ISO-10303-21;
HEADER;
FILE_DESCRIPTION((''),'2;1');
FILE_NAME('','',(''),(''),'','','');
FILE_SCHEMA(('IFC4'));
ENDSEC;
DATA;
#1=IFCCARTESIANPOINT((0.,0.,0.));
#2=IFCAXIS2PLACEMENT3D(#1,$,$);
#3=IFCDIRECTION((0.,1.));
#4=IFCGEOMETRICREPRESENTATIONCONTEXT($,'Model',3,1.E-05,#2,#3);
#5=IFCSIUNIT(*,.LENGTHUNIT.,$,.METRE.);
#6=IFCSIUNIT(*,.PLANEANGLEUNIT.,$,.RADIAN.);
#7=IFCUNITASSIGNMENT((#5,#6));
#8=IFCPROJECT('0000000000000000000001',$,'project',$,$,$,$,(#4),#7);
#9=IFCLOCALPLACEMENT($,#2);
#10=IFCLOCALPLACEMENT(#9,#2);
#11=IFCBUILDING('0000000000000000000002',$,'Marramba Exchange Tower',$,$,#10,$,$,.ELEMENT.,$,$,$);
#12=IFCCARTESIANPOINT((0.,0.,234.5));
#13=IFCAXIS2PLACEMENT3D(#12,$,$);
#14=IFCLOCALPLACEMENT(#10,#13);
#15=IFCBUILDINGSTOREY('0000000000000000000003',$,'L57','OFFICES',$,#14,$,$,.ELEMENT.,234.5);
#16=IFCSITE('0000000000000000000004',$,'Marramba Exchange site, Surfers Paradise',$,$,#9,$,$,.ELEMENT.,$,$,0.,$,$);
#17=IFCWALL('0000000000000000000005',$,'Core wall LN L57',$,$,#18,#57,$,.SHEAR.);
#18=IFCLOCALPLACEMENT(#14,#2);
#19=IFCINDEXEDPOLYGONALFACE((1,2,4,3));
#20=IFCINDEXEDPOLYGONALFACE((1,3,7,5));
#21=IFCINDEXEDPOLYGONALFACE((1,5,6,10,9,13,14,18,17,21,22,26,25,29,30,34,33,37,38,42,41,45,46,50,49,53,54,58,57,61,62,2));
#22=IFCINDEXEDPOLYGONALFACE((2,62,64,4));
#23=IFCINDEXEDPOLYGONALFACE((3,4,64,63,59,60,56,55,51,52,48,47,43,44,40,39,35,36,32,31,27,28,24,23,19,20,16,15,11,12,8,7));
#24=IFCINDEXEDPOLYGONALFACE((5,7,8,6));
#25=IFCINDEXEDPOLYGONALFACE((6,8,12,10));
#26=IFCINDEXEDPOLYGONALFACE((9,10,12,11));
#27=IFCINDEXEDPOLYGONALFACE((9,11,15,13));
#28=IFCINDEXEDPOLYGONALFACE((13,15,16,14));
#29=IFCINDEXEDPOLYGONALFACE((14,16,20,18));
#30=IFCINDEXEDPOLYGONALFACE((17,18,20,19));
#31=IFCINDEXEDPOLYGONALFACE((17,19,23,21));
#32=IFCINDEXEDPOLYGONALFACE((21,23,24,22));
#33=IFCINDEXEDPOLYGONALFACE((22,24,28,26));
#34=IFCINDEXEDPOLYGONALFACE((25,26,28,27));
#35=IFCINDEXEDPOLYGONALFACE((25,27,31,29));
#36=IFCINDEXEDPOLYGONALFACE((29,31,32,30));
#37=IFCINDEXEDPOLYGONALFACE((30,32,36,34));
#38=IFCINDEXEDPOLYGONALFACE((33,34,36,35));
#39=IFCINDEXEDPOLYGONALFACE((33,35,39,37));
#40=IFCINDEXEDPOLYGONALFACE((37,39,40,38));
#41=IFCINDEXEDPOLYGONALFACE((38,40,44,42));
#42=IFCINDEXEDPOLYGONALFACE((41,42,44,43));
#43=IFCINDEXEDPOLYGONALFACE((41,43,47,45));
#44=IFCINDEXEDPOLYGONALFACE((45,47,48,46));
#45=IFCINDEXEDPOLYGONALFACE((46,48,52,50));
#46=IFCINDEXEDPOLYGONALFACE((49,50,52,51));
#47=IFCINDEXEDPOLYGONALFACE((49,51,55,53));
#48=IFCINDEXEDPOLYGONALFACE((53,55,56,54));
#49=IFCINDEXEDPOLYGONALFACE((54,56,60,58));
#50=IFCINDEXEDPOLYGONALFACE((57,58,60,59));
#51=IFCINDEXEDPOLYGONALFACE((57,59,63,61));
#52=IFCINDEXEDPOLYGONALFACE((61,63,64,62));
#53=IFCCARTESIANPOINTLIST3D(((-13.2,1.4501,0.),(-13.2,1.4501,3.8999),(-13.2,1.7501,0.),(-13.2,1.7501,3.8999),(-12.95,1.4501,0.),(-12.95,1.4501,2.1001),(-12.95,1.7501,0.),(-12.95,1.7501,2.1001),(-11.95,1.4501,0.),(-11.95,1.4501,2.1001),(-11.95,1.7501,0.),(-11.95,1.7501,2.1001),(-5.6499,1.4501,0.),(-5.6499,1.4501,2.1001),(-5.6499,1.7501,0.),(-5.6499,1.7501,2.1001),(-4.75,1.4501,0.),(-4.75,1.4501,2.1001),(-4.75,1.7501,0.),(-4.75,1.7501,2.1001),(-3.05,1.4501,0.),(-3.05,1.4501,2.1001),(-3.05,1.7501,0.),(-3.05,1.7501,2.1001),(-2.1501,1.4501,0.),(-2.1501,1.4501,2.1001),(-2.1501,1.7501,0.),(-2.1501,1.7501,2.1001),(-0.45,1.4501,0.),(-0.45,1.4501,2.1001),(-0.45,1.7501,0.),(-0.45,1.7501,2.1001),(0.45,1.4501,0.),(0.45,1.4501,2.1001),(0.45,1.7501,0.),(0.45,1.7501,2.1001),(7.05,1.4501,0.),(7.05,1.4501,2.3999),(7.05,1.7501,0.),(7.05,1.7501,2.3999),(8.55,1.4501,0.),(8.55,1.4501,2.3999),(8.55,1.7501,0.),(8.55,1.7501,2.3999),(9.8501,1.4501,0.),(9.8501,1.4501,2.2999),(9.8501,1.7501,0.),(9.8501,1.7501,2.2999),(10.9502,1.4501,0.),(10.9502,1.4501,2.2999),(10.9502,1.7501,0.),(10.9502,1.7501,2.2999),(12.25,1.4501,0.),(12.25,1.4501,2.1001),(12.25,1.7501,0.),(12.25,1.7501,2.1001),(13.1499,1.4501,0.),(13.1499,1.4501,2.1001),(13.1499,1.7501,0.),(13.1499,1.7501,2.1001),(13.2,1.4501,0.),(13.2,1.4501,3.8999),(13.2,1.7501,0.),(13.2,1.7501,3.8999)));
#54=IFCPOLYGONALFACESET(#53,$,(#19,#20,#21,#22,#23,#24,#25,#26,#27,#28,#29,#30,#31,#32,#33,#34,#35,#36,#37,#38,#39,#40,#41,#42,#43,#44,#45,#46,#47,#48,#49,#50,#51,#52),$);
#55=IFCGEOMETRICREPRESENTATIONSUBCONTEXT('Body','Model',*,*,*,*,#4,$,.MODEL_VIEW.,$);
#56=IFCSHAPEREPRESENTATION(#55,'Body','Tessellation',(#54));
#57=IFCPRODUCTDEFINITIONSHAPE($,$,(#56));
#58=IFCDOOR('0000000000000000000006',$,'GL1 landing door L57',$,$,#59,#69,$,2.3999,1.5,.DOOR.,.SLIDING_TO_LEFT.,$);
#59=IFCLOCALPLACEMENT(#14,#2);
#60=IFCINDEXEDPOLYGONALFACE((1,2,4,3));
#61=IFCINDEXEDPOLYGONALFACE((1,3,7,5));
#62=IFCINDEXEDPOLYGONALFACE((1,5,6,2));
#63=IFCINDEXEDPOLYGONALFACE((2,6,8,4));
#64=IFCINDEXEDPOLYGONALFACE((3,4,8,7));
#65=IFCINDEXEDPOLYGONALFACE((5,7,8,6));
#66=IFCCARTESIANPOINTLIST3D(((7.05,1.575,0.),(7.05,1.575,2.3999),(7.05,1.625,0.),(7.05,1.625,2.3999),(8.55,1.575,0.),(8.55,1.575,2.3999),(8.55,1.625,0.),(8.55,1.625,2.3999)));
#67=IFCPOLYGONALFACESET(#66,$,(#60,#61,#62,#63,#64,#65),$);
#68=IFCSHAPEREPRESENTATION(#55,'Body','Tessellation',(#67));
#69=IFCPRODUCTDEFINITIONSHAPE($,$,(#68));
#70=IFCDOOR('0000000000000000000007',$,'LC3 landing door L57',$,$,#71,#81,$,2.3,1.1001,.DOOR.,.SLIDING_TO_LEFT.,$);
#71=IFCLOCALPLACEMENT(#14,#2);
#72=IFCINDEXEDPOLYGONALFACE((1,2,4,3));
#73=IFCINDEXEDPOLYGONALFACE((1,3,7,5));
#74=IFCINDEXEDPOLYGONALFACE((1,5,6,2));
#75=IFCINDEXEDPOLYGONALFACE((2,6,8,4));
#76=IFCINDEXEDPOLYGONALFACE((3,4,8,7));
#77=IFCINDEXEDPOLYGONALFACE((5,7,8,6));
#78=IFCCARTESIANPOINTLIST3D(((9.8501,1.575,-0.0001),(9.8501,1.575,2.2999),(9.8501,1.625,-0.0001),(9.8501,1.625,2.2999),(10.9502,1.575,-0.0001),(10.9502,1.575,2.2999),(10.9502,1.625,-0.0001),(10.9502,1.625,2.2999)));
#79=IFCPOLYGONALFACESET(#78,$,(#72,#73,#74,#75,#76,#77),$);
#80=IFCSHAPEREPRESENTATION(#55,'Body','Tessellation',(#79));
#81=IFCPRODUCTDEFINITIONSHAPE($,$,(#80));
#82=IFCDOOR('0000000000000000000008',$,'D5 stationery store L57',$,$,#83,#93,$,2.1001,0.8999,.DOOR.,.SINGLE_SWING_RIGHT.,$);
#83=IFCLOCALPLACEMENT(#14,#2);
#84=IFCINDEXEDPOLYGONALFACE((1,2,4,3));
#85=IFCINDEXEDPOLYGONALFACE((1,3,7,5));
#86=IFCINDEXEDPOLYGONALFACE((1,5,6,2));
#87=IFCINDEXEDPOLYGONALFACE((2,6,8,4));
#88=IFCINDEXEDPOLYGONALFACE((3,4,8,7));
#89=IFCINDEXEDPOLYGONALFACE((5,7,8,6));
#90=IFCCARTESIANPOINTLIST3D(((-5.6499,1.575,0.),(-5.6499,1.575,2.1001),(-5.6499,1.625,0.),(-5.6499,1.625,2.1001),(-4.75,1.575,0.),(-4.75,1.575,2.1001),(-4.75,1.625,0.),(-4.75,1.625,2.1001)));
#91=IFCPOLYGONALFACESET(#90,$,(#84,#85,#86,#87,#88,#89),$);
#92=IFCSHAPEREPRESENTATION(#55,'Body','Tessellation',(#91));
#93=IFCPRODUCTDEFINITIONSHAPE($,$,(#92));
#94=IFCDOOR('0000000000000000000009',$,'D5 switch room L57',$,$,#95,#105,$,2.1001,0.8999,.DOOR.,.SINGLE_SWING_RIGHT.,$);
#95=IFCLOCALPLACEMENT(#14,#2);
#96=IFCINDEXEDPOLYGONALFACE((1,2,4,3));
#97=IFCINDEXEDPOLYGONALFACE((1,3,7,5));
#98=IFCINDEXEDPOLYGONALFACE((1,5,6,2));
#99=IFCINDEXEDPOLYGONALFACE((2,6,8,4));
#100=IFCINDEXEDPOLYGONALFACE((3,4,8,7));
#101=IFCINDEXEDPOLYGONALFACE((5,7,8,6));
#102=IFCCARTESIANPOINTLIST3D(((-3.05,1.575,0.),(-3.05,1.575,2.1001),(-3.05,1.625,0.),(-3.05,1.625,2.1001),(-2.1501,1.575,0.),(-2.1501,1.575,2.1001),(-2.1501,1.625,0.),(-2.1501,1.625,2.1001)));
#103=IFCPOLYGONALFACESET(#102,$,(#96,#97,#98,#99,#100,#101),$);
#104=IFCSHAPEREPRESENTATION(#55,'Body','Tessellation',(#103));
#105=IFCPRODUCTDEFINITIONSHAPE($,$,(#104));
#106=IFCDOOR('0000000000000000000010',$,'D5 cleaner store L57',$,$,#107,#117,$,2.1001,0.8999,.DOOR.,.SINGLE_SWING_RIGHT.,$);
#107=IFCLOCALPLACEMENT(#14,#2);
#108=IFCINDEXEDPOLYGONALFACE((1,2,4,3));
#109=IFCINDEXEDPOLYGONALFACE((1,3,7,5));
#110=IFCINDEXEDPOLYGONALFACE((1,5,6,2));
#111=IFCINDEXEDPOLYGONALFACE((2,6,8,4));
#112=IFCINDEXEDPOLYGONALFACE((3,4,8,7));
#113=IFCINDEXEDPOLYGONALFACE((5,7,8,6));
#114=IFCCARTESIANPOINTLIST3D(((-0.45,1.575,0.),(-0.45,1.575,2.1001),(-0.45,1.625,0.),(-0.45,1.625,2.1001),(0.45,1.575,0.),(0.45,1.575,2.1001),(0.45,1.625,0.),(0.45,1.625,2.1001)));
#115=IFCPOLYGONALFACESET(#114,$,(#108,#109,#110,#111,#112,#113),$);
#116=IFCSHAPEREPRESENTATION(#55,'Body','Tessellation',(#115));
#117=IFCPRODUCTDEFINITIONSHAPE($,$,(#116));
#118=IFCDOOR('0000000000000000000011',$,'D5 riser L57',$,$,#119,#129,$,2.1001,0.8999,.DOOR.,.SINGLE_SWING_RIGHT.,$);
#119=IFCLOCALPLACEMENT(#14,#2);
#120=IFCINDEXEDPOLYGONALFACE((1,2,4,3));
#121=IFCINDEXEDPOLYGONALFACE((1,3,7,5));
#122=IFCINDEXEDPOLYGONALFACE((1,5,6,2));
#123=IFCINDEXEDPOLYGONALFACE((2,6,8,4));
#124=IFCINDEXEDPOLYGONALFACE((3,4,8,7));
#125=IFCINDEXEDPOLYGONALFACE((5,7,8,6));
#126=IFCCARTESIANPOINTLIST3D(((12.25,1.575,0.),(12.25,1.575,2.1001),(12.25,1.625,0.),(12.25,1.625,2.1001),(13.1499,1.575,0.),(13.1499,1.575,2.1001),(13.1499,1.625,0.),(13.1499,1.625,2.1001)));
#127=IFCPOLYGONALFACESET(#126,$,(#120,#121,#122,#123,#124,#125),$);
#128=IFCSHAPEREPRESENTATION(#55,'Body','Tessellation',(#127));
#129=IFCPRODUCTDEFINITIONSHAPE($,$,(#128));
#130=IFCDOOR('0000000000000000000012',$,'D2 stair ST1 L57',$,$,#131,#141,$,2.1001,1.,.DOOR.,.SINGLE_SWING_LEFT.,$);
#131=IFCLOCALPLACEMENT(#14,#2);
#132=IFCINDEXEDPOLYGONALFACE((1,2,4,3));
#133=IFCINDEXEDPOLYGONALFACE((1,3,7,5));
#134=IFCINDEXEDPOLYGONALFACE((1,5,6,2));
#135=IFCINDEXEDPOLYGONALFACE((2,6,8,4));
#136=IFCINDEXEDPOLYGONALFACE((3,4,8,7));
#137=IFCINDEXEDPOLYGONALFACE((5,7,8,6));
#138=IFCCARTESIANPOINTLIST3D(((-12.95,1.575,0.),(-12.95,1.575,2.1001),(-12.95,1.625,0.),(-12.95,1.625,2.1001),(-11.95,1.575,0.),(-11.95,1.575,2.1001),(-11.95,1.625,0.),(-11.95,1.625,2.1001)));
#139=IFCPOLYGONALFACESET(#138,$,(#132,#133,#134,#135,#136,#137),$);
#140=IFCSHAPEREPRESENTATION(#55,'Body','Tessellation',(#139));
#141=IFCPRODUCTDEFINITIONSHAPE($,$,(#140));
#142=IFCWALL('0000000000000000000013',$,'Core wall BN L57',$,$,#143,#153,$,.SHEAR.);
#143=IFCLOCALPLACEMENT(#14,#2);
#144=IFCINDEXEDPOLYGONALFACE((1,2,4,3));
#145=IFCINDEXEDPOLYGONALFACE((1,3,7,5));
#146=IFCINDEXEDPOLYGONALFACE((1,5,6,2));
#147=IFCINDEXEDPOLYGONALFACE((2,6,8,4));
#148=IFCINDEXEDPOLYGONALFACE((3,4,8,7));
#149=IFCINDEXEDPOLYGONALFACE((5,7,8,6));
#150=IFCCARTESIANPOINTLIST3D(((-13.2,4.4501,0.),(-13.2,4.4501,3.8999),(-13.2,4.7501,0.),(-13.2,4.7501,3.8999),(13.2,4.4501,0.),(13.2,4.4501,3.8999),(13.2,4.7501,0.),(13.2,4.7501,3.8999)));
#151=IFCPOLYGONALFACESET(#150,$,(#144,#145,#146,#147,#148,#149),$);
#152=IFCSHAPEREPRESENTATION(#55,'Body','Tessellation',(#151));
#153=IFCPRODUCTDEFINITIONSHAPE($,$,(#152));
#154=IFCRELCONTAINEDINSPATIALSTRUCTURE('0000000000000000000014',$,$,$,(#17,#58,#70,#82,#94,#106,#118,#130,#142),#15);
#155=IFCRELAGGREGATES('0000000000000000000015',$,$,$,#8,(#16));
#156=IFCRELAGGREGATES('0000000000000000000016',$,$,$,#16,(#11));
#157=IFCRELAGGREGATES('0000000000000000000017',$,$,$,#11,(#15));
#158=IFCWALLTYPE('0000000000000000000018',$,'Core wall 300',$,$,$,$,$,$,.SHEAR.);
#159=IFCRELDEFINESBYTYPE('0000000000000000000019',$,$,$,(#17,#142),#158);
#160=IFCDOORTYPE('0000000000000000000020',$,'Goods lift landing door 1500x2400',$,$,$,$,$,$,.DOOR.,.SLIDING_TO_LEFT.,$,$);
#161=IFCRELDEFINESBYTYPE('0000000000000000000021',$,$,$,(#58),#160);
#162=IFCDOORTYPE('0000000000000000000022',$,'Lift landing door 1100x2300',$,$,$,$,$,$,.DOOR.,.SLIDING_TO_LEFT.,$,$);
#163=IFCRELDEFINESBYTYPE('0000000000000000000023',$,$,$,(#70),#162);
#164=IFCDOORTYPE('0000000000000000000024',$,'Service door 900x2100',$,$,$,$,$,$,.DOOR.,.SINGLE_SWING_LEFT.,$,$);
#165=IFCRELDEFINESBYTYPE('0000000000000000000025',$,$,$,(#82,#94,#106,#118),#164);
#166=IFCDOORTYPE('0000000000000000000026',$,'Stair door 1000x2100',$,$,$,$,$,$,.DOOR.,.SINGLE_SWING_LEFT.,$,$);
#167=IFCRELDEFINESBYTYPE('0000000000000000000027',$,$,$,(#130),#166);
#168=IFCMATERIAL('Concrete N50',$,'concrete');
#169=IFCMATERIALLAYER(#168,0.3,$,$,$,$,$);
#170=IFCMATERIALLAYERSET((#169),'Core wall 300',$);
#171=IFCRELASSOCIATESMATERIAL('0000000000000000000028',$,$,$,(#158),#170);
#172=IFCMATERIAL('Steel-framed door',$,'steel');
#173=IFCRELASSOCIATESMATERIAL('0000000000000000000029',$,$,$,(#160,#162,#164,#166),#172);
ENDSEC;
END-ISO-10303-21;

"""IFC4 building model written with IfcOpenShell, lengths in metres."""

from ifc_helpers import new_model, si_unit, direction, frame, frame_2d, origin, place, context, subcontext, project, spatial, rectangle, extrude, material, layer, layer_set, type_object, element, fill, save


model = new_model("IFC4")

# Units and contexts
model_context = context("Model", 3, precision=1e-05, world=origin(), true_north=direction((0.0, 1.0)))
body_context = subcontext(model_context, "Body", "Model", "MODEL_VIEW")
ifc_project = project(units=[si_unit("LENGTHUNIT", "METRE"), si_unit("PLANEANGLEUNIT", "RADIAN")], contexts=[model_context])

# Site, building, storey
site_placement = place(None, origin())
site = spatial("IfcSite", under=ifc_project, at=site_placement, Name="Marramba Exchange site, Surfers Paradise", CompositionType="ELEMENT", RefElevation=0.0)
building_placement = place(site_placement, origin())
building = spatial("IfcBuilding", under=site, at=building_placement, Name="Marramba Exchange Tower", CompositionType="ELEMENT")
storey_placement = place(building_placement, frame((0.0, 0.0, 234.5)))
storey = spatial("IfcBuildingStorey", under=building, at=storey_placement, Name="L57", Description="OFFICES", CompositionType="ELEMENT", Elevation=234.5)

# Shared definitions
ifc_material_1 = material(Name="Concrete N50", Category="concrete")

# Shared definitions
ifc_material_2 = material(Name="Steel-framed door", Category="steel")

# Wall, openings, doors
ifc_layer_1 = layer(ifc_material_1, 0.3)
ifc_layer_set_1 = layer_set([ifc_layer_1], Name="Core wall 300")
wall_type_1 = type_object("IfcWallType", Name="Core wall 300", PredefinedType="SHEAR", material=ifc_layer_set_1)
wall_1_placement = place(storey_placement, frame((-13.2, 1.6001, 0.0), z_axis=(0.0, 0.0, 1.0), x_axis=(1.0, 0.0, 0.0)))
wall_1 = element("IfcWall", 1, at=wall_1_placement, inside=storey, type_object=wall_type_1, Name="Core wall LN L57", PredefinedType="SHEAR", context=body_context, shape_type="SweptSolid", body=[
    extrude(rectangle(XDim=26.3999, YDim=0.3, at=frame_2d((13.2, 0.0))), origin(), (0.0, 0.0, 1.0), 3.8999),
])
opening_1_placement = place(wall_1_placement, frame((0.25, 0.0, 0.0)))
opening_1 = element("IfcOpeningElement", 2, at=opening_1_placement, cuts=wall_1, PredefinedType="OPENING", context=body_context, shape_type="SweptSolid", body=[
    extrude(rectangle(XDim=1.0, YDim=2.1001, at=frame_2d((0.5, 1.05))), frame((0.0, 0.1599, 0.0), z_axis=(0.0, -1.0, 0.0), x_axis=(1.0, 0.0, 0.0)), (0.0, 0.0, 1.0), 0.3201),
])
opening_2_placement = place(wall_1_placement, frame((23.05, 0.0, 0.0)))
opening_2 = element("IfcOpeningElement", 3, at=opening_2_placement, cuts=wall_1, PredefinedType="OPENING", context=body_context, shape_type="SweptSolid", body=[
    extrude(rectangle(XDim=1.1001, YDim=2.3, at=frame_2d((0.55, 1.1499))), frame((0.0, 0.1599, 0.0), z_axis=(0.0, -1.0, 0.0), x_axis=(1.0, 0.0, 0.0)), (0.0, 0.0, 1.0), 0.3201),
])
opening_3_placement = place(wall_1_placement, frame((20.25, 0.0, 0.0)))
opening_3 = element("IfcOpeningElement", 4, at=opening_3_placement, cuts=wall_1, PredefinedType="OPENING", context=body_context, shape_type="SweptSolid", body=[
    extrude(rectangle(XDim=1.5, YDim=2.3999, at=frame_2d((0.75, 1.2))), frame((0.0, 0.1599, 0.0), z_axis=(0.0, -1.0, 0.0), x_axis=(1.0, 0.0, 0.0)), (0.0, 0.0, 1.0), 0.3201),
])
opening_4_placement = place(wall_1_placement, frame((7.55, 0.0, 0.0)))
opening_4 = element("IfcOpeningElement", 5, at=opening_4_placement, cuts=wall_1, PredefinedType="OPENING", context=body_context, shape_type="SweptSolid", body=[
    extrude(rectangle(XDim=0.8999, YDim=2.1001, at=frame_2d((0.45, 1.05))), frame((0.0, 0.1599, 0.0), z_axis=(0.0, -1.0, 0.0), x_axis=(1.0, 0.0, 0.0)), (0.0, 0.0, 1.0), 0.3201),
])
opening_5_placement = place(wall_1_placement, frame((10.1499, 0.0, 0.0)))
opening_5 = element("IfcOpeningElement", 6, at=opening_5_placement, cuts=wall_1, PredefinedType="OPENING", context=body_context, shape_type="SweptSolid", body=[
    extrude(rectangle(XDim=0.8999, YDim=2.1001, at=frame_2d((0.45, 1.05))), frame((0.0, 0.1599, 0.0), z_axis=(0.0, -1.0, 0.0), x_axis=(1.0, 0.0, 0.0)), (0.0, 0.0, 1.0), 0.3201),
])
opening_6_placement = place(wall_1_placement, frame((12.75, 0.0, 0.0)))
opening_6 = element("IfcOpeningElement", 7, at=opening_6_placement, cuts=wall_1, PredefinedType="OPENING", context=body_context, shape_type="SweptSolid", body=[
    extrude(rectangle(XDim=0.8999, YDim=2.1001, at=frame_2d((0.45, 1.05))), frame((0.0, 0.1599, 0.0), z_axis=(0.0, -1.0, 0.0), x_axis=(1.0, 0.0, 0.0)), (0.0, 0.0, 1.0), 0.3201),
])
opening_7_placement = place(wall_1_placement, frame((25.45, 0.0, 0.0)))
opening_7 = element("IfcOpeningElement", 8, at=opening_7_placement, cuts=wall_1, PredefinedType="OPENING", context=body_context, shape_type="SweptSolid", body=[
    extrude(rectangle(XDim=0.8999, YDim=2.1001, at=frame_2d((0.45, 1.05))), frame((0.0, 0.1599, 0.0), z_axis=(0.0, -1.0, 0.0), x_axis=(1.0, 0.0, 0.0)), (0.0, 0.0, 1.0), 0.3201),
])
door_type_1 = type_object("IfcDoorType", Name="Goods lift landing door 1500x2400", OperationType="SLIDING_TO_LEFT", PredefinedType="DOOR", material=ifc_material_2)
door_1_placement = place(opening_3_placement, origin())
door_1 = element("IfcDoor", 9, at=door_1_placement, inside=storey, type_object=door_type_1, Name="GL1 landing door L57", OperationType="SLIDING_TO_LEFT", OverallHeight=2.3999, OverallWidth=1.5, PredefinedType="DOOR", context=body_context, shape_type="SweptSolid", body=[
    extrude(rectangle(XDim=1.5, YDim=2.3999, at=frame_2d((0.75, 1.2))), frame((0.0, 0.0249, 0.0), z_axis=(0.0, -1.0, 0.0), x_axis=(1.0, 0.0, 0.0)), (0.0, 0.0, 1.0), 0.05),
])
fill(opening_3, door_1)
door_type_2 = type_object("IfcDoorType", Name="Lift landing door 1100x2300", OperationType="SLIDING_TO_LEFT", PredefinedType="DOOR", material=ifc_material_2)
door_2_placement = place(opening_2_placement, origin())
door_2 = element("IfcDoor", 10, at=door_2_placement, inside=storey, type_object=door_type_2, Name="LC3 landing door L57", OperationType="SLIDING_TO_LEFT", OverallHeight=2.3, OverallWidth=1.1001, PredefinedType="DOOR", context=body_context, shape_type="SweptSolid", body=[
    extrude(rectangle(XDim=1.1001, YDim=2.3, at=frame_2d((0.55, 1.1499))), frame((0.0, 0.0249, 0.0), z_axis=(0.0, -1.0, 0.0), x_axis=(1.0, 0.0, 0.0)), (0.0, 0.0, 1.0), 0.05),
])
fill(opening_2, door_2)
door_type_3 = type_object("IfcDoorType", Name="Service door 900x2100", OperationType="SINGLE_SWING_LEFT", PredefinedType="DOOR", material=ifc_material_2)
door_3_placement = place(opening_4_placement, origin())
door_3 = element("IfcDoor", 11, at=door_3_placement, inside=storey, type_object=door_type_3, Name="D5 stationery store L57", OperationType="SINGLE_SWING_RIGHT", OverallHeight=2.1001, OverallWidth=0.8999, PredefinedType="DOOR", context=body_context, shape_type="SweptSolid", body=[
    extrude(rectangle(XDim=0.8999, YDim=2.1001, at=frame_2d((0.45, 1.05))), frame((0.0, 0.0249, 0.0), z_axis=(0.0, -1.0, 0.0), x_axis=(1.0, 0.0, 0.0)), (0.0, 0.0, 1.0), 0.05),
])
fill(opening_4, door_3)
door_4_placement = place(opening_5_placement, origin())
door_4 = element("IfcDoor", 12, at=door_4_placement, inside=storey, type_object=door_type_3, Name="D5 switch room L57", OperationType="SINGLE_SWING_RIGHT", OverallHeight=2.1001, OverallWidth=0.8999, PredefinedType="DOOR", context=body_context, shape_type="SweptSolid", body=[
    extrude(rectangle(XDim=0.8999, YDim=2.1001, at=frame_2d((0.45, 1.05))), frame((0.0, 0.0249, 0.0), z_axis=(0.0, -1.0, 0.0), x_axis=(1.0, 0.0, 0.0)), (0.0, 0.0, 1.0), 0.05),
])
fill(opening_5, door_4)
door_5_placement = place(opening_6_placement, origin())
door_5 = element("IfcDoor", 13, at=door_5_placement, inside=storey, type_object=door_type_3, Name="D5 cleaner store L57", OperationType="SINGLE_SWING_RIGHT", OverallHeight=2.1001, OverallWidth=0.8999, PredefinedType="DOOR", context=body_context, shape_type="SweptSolid", body=[
    extrude(rectangle(XDim=0.8999, YDim=2.1001, at=frame_2d((0.45, 1.05))), frame((0.0, 0.0249, 0.0), z_axis=(0.0, -1.0, 0.0), x_axis=(1.0, 0.0, 0.0)), (0.0, 0.0, 1.0), 0.05),
])
fill(opening_6, door_5)
door_6_placement = place(opening_7_placement, origin())
door_6 = element("IfcDoor", 14, at=door_6_placement, inside=storey, type_object=door_type_3, Name="D5 riser L57", OperationType="SINGLE_SWING_RIGHT", OverallHeight=2.1001, OverallWidth=0.8999, PredefinedType="DOOR", context=body_context, shape_type="SweptSolid", body=[
    extrude(rectangle(XDim=0.8999, YDim=2.1001, at=frame_2d((0.45, 1.05))), frame((0.0, 0.0249, 0.0), z_axis=(0.0, -1.0, 0.0), x_axis=(1.0, 0.0, 0.0)), (0.0, 0.0, 1.0), 0.05),
])
fill(opening_7, door_6)
door_type_4 = type_object("IfcDoorType", Name="Stair door 1000x2100", OperationType="SINGLE_SWING_LEFT", PredefinedType="DOOR", material=ifc_material_2)
door_7_placement = place(opening_1_placement, origin())
door_7 = element("IfcDoor", 15, at=door_7_placement, inside=storey, type_object=door_type_4, Name="D2 stair ST1 L57", OperationType="SINGLE_SWING_LEFT", OverallHeight=2.1001, OverallWidth=1.0, PredefinedType="DOOR", context=body_context, shape_type="SweptSolid", body=[
    extrude(rectangle(XDim=1.0, YDim=2.1001, at=frame_2d((0.5, 1.05))), frame((0.0, 0.0249, 0.0), z_axis=(0.0, -1.0, 0.0), x_axis=(1.0, 0.0, 0.0)), (0.0, 0.0, 1.0), 0.05),
])
fill(opening_1, door_7)

# Wall
wall_2_placement = place(storey_placement, frame((-13.2, 4.6001, 0.0), z_axis=(0.0, 0.0, 1.0), x_axis=(1.0, 0.0, 0.0)))
element("IfcWall", 16, at=wall_2_placement, inside=storey, type_object=wall_type_1, Name="Core wall BN L57", PredefinedType="SHEAR", context=body_context, shape_type="SweptSolid", body=[
    extrude(rectangle(XDim=26.3999, YDim=0.3, at=frame_2d((13.2, 0.0))), origin(), (0.0, 0.0, 1.0), 3.8999),
])

save(model, "model.ifc")
